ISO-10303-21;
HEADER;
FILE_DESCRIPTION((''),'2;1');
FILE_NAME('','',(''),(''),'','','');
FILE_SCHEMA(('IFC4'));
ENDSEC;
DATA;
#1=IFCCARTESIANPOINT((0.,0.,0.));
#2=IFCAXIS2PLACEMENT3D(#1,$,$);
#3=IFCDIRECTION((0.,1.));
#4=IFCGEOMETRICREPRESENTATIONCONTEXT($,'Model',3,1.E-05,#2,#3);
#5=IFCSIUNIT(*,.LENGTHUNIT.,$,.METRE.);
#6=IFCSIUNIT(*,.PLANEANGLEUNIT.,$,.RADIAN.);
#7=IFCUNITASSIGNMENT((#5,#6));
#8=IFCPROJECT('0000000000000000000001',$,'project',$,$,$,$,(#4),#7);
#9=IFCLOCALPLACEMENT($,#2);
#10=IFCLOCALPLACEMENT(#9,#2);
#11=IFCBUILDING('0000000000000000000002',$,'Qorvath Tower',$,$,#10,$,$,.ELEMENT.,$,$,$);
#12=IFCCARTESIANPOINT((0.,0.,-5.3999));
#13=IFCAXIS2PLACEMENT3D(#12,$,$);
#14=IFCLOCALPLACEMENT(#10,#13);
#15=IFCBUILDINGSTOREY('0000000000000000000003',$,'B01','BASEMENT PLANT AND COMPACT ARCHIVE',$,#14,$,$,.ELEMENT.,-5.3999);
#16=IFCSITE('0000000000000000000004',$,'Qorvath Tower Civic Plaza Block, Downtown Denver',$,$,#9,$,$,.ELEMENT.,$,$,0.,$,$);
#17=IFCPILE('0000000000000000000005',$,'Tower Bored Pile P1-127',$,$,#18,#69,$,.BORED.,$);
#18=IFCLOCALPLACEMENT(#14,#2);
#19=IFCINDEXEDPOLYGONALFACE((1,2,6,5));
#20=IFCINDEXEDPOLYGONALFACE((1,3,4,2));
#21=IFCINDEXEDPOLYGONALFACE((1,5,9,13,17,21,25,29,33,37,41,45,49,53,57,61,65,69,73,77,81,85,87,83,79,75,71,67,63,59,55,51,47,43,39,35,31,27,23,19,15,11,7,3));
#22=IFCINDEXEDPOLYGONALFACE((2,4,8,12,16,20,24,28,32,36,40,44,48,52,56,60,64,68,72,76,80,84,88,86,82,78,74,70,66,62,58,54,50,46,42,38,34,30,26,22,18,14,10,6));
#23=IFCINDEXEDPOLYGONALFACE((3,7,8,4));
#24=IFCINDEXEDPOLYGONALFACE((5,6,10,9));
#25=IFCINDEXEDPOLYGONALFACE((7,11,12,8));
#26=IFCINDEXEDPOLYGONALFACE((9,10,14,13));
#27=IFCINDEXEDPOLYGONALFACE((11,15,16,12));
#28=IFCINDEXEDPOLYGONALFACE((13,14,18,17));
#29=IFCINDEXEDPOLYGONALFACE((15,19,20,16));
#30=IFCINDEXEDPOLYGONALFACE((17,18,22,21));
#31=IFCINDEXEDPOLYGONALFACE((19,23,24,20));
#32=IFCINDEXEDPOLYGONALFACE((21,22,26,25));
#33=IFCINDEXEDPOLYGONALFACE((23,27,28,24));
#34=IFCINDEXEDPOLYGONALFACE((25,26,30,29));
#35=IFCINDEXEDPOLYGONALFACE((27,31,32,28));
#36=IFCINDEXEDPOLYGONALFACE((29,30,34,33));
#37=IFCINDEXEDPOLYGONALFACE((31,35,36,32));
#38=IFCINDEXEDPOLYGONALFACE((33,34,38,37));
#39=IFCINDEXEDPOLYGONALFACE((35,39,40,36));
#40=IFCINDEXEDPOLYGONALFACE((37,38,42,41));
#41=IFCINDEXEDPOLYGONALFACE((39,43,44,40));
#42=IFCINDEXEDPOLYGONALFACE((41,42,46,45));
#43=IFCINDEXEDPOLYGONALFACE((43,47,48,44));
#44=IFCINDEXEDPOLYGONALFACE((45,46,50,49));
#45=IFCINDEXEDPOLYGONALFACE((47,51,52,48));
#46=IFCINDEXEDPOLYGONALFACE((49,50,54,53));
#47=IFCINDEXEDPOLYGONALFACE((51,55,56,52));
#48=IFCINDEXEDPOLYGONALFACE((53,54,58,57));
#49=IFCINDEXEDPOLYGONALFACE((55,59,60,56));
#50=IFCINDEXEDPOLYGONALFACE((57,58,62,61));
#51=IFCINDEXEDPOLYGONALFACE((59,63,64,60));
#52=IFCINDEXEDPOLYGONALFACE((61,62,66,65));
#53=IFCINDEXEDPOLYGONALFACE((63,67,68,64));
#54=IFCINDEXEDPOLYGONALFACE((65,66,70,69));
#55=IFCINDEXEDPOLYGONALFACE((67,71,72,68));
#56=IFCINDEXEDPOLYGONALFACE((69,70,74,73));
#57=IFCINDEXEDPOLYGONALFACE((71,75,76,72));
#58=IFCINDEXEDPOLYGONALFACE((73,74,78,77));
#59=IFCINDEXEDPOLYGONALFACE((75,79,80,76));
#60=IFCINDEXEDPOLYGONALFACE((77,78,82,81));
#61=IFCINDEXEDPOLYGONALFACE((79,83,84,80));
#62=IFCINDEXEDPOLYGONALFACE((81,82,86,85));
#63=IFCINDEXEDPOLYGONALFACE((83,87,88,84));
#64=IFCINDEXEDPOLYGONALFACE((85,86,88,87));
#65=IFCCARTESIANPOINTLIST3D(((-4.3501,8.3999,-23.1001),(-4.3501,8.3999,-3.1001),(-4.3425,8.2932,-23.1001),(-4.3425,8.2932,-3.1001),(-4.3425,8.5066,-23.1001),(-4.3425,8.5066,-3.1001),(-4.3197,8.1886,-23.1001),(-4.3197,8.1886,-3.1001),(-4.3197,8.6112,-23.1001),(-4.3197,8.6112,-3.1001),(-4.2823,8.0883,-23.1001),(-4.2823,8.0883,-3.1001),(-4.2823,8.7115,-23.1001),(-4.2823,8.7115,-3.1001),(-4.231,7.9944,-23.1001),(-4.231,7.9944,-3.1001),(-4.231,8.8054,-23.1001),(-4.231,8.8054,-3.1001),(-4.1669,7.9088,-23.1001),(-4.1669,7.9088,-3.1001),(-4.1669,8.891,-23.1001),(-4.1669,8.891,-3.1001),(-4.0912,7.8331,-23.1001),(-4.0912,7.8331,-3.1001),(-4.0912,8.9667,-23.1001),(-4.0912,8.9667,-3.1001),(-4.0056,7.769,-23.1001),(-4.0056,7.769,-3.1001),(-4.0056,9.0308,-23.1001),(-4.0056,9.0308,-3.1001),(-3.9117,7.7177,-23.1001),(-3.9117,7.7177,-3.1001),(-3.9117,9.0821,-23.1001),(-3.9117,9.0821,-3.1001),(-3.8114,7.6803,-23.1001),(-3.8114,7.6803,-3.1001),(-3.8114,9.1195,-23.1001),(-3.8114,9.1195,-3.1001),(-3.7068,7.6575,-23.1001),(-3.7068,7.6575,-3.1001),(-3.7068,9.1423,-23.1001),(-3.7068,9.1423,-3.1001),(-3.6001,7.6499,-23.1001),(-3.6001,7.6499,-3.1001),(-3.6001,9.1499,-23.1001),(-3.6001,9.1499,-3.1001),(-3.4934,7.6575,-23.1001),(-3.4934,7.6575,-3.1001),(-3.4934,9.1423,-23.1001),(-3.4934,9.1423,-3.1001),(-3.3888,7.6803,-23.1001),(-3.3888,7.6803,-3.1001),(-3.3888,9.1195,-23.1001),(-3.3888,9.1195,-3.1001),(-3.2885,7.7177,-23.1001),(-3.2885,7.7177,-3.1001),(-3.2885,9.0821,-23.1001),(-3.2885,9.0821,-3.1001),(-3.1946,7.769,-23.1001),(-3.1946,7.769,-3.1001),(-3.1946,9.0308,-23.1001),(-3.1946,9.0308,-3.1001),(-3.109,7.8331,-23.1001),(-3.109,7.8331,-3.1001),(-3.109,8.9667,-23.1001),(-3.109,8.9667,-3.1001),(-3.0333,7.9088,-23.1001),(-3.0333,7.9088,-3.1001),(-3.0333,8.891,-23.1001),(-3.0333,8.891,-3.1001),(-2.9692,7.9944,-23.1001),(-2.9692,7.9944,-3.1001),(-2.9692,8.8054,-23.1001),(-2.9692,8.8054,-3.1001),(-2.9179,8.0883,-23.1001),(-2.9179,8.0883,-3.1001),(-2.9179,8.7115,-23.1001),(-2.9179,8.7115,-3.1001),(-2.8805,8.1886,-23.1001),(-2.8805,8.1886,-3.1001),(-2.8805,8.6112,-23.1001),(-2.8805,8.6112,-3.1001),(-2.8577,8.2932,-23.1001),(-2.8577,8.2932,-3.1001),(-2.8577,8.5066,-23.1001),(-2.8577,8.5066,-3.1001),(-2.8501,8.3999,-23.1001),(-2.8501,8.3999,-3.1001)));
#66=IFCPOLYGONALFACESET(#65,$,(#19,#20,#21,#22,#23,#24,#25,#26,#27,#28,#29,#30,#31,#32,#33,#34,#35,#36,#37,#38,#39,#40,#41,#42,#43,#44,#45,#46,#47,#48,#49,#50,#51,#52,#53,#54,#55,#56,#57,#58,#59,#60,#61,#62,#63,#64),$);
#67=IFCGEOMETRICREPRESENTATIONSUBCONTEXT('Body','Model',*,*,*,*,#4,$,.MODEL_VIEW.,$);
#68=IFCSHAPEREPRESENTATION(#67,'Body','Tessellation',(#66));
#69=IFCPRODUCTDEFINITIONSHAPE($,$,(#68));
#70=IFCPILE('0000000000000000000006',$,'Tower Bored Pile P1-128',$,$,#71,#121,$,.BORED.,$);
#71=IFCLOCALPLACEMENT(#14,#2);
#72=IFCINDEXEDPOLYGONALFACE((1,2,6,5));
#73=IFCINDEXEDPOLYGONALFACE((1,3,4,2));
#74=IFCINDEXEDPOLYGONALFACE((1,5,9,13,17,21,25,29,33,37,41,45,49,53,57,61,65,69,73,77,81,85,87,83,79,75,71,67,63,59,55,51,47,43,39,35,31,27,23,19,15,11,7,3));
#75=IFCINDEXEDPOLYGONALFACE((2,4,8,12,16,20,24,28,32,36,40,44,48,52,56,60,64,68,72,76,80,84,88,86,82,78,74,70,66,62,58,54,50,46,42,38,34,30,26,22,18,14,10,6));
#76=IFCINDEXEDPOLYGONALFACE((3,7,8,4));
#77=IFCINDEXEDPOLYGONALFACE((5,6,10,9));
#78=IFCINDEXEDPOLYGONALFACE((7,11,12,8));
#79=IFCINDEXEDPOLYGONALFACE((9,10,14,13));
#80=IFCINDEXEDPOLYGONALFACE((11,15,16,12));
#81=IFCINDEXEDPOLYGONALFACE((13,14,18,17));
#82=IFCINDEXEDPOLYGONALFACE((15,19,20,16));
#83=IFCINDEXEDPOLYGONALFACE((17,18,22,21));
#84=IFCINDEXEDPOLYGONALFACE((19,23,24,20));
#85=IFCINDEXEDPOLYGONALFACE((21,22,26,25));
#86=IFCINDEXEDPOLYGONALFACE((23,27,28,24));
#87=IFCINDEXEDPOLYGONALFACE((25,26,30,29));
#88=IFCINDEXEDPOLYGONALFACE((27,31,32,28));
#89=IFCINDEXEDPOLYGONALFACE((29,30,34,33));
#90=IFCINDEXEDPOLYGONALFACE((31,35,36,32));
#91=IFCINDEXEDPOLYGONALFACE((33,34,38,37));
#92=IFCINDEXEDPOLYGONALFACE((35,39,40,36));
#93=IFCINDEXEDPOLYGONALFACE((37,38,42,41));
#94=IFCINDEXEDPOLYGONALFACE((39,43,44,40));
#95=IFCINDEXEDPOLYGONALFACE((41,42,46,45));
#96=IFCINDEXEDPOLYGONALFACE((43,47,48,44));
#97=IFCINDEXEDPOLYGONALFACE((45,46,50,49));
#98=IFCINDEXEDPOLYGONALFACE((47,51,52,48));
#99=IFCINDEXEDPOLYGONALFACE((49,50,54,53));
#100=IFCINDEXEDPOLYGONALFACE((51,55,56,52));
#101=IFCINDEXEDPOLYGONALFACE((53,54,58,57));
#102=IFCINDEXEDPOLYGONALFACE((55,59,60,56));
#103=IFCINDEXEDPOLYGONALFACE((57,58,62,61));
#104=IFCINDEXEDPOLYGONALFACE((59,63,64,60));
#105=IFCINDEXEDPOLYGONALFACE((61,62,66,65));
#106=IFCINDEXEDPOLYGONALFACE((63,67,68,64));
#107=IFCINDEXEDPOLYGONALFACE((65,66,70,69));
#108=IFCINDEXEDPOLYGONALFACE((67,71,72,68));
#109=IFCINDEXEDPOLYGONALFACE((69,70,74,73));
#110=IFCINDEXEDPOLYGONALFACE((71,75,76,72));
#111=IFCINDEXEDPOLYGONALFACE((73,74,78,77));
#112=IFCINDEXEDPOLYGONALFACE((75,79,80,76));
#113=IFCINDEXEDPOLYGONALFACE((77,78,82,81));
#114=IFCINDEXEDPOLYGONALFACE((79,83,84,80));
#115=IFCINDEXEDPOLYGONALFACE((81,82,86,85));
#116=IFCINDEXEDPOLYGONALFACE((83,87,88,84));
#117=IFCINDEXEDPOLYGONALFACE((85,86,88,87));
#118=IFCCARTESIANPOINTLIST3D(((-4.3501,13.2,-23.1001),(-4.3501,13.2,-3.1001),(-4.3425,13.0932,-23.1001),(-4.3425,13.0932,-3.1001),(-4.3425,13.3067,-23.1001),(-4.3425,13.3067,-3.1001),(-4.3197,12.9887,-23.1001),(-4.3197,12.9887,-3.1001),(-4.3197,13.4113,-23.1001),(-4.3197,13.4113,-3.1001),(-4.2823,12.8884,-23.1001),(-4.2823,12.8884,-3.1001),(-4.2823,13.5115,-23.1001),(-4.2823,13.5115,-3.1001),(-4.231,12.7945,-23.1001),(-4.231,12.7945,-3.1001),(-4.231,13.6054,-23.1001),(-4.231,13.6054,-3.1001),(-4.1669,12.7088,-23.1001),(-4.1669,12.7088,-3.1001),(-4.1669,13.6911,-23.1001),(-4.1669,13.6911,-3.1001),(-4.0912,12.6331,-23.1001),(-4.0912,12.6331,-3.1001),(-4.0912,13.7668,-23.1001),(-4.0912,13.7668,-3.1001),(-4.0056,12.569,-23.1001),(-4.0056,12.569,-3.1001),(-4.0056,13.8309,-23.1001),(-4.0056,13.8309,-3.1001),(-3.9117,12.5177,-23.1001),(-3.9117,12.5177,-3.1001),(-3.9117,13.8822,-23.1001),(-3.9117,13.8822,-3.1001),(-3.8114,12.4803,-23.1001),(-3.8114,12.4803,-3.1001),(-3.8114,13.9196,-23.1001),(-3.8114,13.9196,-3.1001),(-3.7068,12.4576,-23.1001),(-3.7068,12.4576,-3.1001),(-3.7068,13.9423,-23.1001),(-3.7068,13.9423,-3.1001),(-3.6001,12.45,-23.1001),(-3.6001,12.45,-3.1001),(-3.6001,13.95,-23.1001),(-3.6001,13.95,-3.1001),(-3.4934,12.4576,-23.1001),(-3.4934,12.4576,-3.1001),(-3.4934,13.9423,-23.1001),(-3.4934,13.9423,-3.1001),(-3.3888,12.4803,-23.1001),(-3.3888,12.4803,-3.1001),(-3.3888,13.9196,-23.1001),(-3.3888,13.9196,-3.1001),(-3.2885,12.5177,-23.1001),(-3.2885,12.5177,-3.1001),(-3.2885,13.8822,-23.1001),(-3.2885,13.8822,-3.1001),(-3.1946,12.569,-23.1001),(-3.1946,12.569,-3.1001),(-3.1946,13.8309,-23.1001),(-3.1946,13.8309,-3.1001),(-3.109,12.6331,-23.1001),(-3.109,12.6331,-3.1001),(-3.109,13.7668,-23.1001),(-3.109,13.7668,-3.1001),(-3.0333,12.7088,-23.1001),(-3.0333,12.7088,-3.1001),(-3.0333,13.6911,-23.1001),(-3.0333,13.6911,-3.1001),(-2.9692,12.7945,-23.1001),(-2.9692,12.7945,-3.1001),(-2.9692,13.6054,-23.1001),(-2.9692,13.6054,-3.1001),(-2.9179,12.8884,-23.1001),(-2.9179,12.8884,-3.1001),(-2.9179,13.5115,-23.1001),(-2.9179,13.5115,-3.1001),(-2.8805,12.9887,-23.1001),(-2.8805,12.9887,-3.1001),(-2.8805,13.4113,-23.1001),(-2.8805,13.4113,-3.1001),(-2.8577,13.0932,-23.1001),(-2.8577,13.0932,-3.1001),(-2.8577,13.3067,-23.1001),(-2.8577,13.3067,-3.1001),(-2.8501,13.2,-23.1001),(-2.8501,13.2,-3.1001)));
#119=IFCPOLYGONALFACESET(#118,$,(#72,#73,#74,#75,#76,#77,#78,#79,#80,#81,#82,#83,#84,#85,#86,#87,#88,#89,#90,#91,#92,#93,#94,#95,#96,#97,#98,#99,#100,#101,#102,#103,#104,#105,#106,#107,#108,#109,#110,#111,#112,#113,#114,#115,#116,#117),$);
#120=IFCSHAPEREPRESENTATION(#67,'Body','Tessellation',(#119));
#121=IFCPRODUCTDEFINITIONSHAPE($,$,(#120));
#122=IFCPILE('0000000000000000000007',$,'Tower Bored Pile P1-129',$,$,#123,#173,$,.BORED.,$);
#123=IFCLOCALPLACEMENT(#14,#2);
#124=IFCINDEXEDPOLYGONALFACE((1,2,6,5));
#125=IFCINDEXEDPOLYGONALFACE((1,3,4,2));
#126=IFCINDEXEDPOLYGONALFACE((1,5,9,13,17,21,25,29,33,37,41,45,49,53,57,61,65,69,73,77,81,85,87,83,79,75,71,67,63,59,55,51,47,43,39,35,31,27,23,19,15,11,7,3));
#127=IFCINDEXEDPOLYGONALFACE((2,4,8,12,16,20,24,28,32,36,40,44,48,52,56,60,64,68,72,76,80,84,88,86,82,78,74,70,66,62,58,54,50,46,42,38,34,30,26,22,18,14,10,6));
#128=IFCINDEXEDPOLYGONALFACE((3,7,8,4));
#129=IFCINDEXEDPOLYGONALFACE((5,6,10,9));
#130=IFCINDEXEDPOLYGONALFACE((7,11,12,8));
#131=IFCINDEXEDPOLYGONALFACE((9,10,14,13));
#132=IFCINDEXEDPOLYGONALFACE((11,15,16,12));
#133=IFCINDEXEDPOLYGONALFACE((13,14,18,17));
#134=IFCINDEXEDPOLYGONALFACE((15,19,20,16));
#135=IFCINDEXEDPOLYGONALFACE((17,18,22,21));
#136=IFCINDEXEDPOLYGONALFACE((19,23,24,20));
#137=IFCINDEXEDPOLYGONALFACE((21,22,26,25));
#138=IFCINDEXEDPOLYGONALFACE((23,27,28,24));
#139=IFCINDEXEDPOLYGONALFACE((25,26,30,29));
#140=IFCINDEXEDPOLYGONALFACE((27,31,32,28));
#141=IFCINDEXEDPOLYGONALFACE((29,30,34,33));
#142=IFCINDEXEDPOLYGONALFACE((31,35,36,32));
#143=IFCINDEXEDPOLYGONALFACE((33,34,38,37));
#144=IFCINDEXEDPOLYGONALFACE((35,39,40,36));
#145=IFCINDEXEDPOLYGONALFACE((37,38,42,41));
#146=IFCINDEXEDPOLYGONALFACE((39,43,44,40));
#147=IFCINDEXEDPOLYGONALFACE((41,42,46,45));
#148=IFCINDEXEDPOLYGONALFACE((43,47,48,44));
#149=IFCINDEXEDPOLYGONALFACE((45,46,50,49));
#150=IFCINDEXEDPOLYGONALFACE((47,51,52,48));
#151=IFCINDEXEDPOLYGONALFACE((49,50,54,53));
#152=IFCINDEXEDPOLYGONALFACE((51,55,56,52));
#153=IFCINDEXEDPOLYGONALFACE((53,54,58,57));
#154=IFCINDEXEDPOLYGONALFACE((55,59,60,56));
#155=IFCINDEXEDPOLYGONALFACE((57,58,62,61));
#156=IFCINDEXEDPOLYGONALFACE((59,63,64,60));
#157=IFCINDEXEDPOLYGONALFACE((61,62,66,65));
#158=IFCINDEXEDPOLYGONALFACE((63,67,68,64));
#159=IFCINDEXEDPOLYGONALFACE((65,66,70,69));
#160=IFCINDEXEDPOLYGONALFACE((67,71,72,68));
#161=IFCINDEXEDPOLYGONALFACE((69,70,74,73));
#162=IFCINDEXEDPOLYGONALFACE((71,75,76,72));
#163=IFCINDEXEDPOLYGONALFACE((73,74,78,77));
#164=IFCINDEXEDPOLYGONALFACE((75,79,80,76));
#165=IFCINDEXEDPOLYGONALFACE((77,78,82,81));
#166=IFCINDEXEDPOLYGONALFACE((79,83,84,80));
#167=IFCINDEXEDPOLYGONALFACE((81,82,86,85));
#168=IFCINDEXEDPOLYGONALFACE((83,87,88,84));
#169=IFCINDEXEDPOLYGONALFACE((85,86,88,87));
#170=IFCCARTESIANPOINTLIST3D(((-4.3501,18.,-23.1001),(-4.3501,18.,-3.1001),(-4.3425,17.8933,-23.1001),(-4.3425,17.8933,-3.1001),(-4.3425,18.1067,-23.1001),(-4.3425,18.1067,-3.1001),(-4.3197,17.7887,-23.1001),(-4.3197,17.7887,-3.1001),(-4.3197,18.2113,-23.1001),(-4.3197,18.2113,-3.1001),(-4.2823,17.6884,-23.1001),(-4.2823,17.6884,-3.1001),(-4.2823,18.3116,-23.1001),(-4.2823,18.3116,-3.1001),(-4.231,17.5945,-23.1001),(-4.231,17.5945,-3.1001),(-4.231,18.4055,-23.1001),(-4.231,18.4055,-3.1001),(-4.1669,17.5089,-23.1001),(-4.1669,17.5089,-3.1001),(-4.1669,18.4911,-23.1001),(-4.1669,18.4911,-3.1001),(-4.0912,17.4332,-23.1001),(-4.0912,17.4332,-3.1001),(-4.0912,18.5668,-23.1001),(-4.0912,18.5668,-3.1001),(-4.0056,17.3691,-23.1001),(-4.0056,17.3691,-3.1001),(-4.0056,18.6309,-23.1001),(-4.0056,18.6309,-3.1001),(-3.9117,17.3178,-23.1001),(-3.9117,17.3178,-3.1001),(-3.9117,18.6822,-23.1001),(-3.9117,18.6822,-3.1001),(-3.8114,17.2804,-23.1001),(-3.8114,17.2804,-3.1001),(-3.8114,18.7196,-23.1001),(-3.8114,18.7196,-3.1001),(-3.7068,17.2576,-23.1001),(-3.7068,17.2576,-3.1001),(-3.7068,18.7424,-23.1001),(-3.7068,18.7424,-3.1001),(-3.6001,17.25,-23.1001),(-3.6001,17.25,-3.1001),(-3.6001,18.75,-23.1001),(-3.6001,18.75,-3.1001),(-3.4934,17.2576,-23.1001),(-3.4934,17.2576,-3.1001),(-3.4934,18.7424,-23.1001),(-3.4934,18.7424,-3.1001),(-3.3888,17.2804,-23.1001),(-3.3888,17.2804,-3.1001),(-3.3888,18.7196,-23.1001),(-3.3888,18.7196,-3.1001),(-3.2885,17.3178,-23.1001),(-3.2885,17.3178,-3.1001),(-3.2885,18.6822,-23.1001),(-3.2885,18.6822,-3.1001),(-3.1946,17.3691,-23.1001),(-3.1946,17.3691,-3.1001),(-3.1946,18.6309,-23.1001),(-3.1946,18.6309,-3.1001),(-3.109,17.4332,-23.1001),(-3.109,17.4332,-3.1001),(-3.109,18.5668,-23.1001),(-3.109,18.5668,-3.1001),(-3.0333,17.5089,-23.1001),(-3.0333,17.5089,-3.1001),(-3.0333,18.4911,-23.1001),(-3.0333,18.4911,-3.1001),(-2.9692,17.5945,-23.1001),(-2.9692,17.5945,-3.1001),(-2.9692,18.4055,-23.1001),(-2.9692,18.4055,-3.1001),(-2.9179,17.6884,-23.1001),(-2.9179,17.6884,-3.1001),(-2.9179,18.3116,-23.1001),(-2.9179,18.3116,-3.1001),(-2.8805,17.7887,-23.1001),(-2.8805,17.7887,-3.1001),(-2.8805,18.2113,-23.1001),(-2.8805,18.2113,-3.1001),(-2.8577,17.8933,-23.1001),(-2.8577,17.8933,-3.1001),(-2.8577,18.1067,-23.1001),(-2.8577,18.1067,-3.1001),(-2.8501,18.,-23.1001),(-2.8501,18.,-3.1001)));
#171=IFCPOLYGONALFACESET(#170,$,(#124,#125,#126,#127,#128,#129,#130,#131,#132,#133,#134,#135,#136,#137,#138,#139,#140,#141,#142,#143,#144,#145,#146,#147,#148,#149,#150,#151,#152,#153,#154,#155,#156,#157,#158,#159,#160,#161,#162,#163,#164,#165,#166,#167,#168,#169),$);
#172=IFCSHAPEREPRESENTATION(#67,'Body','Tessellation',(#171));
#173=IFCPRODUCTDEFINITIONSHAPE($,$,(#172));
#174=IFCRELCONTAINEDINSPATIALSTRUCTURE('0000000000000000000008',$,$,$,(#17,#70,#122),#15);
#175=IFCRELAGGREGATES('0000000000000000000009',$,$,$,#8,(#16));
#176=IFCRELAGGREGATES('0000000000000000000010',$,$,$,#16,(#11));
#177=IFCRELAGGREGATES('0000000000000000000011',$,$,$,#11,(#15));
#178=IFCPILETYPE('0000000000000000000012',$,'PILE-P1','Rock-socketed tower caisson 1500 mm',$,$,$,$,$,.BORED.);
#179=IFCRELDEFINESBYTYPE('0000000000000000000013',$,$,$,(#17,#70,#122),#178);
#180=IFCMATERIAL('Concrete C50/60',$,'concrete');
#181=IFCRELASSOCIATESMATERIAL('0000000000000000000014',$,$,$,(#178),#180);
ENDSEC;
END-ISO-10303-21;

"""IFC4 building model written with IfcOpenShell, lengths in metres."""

from ifc_helpers import new_model, si_unit, direction, frame, origin, origin_2d, place, context, subcontext, project, spatial, circle, extrude, material, material_profile, profile_set, type_object, element, save


model = new_model("IFC4")

# Units and contexts
model_context = context("Model", 3, precision=1e-05, world=origin(), true_north=direction((0.0, 1.0)))
body_context = subcontext(model_context, "Body", "Model", "MODEL_VIEW")
ifc_project = project(units=[si_unit("LENGTHUNIT", "METRE"), si_unit("PLANEANGLEUNIT", "RADIAN")], contexts=[model_context])

# Site, building, storey
site_placement = place(None, origin())
site = spatial("IfcSite", under=ifc_project, at=site_placement, Name="Qorvath Tower Civic Plaza Block, Downtown Denver", CompositionType="ELEMENT", RefElevation=0.0)
building_placement = place(site_placement, origin())
building = spatial("IfcBuilding", under=site, at=building_placement, Name="Qorvath Tower", CompositionType="ELEMENT")
storey_placement = place(building_placement, frame((0.0, 0.0, -5.3999)))
storey = spatial("IfcBuildingStorey", under=building, at=storey_placement, Name="B01", Description="BASEMENT PLANT AND COMPACT ARCHIVE", CompositionType="ELEMENT", Elevation=-5.3999)

# Piles
ifc_material_1 = material(Name="Concrete C50/60", Category="concrete")
ifc_material_profile_1 = material_profile(ifc_material_1, circle(Radius=0.75, at=origin_2d()), Name="BORED PILE 1500")
ifc_profile_set_1 = profile_set([ifc_material_profile_1], Name="Concrete C50/60")
pile_type = type_object("IfcPileType", Name="PILE-P1", Description="Rock-socketed tower caisson 1500 mm", PredefinedType="BORED", material=ifc_profile_set_1)
for number, where, z_axis, x_axis, name in (
    (1, (-3.6001, 8.3999, -3.1001), (0.0, 0.0, -1.0), (1.0, 0.0, 0.0), "Tower Bored Pile P1-127"),
    (2, (-3.6001, 13.2, -3.1001), (0.0, 0.0, -1.0), (1.0, 0.0, 0.0), "Tower Bored Pile P1-128"),
    (3, (-3.6001, 18.0, -3.1001), (0.0, 0.0, -1.0), (1.0, 0.0, 0.0), "Tower Bored Pile P1-129"),
):
    element("IfcPile", number, at=place(storey_placement, frame(where, z_axis=z_axis, x_axis=x_axis)), inside=storey, type_object=pile_type, Name=name, PredefinedType="BORED", context=body_context, shape_type="SweptSolid", body=[
        extrude(circle(Radius=0.75, at=origin_2d()), origin(), (0.0, 0.0, 1.0), 20.0),
    ])

save(model, "model.ifc")
